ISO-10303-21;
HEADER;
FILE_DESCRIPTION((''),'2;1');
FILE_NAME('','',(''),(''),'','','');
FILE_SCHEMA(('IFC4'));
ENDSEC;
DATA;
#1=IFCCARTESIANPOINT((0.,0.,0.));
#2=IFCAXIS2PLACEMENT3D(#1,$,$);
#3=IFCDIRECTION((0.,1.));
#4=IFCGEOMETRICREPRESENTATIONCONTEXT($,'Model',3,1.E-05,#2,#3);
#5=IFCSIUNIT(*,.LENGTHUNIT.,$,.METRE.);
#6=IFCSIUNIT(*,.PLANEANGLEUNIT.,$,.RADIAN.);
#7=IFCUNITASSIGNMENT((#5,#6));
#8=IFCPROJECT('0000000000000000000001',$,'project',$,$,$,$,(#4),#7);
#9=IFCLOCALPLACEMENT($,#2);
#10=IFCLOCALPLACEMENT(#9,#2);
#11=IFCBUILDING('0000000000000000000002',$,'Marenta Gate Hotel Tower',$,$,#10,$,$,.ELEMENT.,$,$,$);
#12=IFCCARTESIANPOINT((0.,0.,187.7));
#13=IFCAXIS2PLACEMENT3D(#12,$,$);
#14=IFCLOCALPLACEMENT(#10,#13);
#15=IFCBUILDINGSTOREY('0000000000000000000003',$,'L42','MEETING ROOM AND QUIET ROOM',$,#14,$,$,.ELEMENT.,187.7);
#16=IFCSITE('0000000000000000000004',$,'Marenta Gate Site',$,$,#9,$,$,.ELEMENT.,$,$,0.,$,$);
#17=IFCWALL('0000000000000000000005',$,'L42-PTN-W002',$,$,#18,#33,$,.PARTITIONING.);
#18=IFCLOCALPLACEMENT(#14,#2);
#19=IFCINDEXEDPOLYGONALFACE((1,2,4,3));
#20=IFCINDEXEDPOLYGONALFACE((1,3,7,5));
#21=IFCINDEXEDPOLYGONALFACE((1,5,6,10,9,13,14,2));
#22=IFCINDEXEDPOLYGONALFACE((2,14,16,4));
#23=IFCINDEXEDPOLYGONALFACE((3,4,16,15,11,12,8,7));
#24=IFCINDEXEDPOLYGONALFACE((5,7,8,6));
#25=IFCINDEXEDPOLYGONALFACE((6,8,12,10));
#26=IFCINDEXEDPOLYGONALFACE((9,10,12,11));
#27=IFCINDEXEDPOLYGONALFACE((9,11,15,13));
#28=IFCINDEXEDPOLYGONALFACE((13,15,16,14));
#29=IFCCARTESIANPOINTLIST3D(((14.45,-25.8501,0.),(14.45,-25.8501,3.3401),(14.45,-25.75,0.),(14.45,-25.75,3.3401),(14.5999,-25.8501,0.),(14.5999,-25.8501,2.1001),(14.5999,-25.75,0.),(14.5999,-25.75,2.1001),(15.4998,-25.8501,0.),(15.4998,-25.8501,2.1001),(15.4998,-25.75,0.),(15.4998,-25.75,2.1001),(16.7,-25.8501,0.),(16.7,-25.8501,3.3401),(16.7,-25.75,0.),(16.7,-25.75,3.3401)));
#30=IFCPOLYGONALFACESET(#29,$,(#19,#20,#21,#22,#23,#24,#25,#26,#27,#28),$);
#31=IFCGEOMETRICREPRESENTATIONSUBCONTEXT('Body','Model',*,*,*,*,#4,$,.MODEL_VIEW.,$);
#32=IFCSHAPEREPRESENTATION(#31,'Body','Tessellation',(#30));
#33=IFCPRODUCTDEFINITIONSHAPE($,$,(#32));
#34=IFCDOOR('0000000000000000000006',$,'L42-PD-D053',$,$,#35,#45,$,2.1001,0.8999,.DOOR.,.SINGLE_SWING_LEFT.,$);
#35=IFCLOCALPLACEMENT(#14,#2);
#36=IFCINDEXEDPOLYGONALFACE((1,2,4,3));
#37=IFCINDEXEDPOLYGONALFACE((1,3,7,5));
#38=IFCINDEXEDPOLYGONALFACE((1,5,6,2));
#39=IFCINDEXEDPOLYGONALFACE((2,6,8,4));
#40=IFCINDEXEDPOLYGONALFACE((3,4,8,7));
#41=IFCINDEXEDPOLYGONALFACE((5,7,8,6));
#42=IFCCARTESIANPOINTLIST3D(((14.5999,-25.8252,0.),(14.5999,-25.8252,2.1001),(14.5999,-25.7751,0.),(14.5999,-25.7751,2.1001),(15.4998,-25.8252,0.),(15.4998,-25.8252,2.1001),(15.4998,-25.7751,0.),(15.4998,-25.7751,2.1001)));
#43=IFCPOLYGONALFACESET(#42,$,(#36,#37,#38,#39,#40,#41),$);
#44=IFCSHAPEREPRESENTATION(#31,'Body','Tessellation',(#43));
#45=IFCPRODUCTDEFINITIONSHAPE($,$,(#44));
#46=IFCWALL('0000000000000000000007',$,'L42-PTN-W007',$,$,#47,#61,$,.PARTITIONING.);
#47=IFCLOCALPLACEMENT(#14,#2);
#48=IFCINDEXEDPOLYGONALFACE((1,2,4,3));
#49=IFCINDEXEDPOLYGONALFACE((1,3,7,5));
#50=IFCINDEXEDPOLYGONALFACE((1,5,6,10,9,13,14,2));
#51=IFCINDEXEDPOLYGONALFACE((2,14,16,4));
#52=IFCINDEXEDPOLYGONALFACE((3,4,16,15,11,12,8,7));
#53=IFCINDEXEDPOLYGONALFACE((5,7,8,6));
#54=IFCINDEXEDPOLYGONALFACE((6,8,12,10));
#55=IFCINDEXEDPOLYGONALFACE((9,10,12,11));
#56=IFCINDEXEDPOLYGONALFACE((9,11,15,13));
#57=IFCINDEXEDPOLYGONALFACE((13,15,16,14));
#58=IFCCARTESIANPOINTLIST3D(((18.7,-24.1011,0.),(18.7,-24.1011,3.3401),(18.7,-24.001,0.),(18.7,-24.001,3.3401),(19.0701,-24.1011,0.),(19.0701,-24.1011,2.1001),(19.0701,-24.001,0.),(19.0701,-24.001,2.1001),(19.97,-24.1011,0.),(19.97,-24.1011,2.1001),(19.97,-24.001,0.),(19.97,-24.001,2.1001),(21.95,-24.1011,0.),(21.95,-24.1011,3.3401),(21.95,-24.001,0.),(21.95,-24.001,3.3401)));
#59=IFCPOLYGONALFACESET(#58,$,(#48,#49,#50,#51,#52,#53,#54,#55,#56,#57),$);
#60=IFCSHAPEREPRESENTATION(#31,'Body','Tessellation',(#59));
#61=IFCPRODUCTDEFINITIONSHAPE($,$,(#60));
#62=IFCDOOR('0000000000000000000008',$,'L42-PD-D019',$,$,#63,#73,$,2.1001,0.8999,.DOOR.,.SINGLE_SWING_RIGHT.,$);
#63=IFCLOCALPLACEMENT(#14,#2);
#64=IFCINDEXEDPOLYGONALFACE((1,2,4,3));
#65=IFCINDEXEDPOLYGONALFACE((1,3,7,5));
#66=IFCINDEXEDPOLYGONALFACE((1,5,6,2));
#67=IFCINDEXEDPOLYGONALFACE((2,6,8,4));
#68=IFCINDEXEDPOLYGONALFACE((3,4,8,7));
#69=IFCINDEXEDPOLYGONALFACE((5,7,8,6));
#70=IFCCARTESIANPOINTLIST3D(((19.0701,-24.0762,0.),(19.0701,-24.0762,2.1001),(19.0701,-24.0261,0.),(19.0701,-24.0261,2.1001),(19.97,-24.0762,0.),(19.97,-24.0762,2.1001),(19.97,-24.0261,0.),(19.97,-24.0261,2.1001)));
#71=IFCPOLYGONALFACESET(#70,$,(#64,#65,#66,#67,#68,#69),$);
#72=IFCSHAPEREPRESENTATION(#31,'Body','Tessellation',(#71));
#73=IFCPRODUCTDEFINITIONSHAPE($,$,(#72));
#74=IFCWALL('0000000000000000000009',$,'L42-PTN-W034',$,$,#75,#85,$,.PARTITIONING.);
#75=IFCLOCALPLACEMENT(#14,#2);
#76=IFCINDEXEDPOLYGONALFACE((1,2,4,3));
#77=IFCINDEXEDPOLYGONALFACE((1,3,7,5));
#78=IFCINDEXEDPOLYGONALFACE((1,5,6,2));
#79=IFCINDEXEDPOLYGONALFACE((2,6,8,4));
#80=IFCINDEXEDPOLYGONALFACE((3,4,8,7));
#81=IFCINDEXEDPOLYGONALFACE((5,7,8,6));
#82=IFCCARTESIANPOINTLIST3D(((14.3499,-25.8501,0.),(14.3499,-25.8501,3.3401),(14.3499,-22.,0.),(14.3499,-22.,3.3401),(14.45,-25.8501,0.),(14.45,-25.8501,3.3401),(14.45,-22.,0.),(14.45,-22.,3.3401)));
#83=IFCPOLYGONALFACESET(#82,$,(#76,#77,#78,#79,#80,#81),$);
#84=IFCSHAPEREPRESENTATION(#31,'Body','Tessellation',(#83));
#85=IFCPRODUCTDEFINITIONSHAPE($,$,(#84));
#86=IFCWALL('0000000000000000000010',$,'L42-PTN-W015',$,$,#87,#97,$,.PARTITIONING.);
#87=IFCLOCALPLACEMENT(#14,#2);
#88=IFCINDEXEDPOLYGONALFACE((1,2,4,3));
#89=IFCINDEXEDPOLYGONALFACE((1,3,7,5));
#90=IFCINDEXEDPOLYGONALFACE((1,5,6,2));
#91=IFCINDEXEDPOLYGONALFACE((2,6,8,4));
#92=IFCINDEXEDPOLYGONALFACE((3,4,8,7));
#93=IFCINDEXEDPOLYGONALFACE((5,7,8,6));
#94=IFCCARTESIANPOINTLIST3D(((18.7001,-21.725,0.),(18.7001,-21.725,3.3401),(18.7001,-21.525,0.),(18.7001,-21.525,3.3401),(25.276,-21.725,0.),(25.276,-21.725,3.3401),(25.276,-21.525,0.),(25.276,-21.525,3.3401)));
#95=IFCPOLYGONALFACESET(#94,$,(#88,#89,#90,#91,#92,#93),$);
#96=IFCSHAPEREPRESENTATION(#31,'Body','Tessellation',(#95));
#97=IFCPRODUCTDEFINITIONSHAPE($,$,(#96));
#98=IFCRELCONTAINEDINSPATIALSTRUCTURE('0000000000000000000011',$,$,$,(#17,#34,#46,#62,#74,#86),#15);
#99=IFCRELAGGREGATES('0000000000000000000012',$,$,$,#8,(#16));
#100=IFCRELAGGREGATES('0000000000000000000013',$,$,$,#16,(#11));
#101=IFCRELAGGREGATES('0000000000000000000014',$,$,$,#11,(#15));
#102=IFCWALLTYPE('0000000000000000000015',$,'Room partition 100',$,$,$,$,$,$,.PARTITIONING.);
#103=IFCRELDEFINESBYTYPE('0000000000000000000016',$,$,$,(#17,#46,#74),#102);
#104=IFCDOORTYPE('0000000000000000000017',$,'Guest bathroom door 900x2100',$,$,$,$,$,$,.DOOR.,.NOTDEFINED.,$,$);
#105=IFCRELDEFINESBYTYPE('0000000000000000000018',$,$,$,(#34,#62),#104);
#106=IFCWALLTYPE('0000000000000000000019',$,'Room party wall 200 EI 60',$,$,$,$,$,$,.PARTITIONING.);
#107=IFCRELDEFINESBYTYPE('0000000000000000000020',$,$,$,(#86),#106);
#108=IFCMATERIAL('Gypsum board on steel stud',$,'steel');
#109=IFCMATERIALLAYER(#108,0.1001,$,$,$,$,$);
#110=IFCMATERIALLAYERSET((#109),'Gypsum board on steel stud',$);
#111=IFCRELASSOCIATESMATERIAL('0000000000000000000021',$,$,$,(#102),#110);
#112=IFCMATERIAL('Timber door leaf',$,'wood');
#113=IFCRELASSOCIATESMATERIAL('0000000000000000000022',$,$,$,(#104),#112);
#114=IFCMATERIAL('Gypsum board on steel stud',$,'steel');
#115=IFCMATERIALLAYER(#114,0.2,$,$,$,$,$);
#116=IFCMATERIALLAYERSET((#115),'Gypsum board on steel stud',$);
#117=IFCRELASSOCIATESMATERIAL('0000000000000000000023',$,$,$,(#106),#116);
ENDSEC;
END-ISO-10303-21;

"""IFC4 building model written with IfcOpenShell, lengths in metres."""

from ifc_helpers import new_model, si_unit, direction, frame, frame_2d, origin, place, context, subcontext, project, spatial, rectangle, extrude, material, layer, layer_set, type_object, element, fill, save


model = new_model("IFC4")

# Units and contexts
model_context = context("Model", 3, precision=1e-05, world=origin(), true_north=direction((0.0, 1.0)))
body_context = subcontext(model_context, "Body", "Model", "MODEL_VIEW")
ifc_project = project(units=[si_unit("LENGTHUNIT", "METRE"), si_unit("PLANEANGLEUNIT", "RADIAN")], contexts=[model_context])

# Site, building, storey
site_placement = place(None, origin())
site = spatial("IfcSite", under=ifc_project, at=site_placement, Name="Marenta Gate Site", CompositionType="ELEMENT", RefElevation=0.0)
building_placement = place(site_placement, origin())
building = spatial("IfcBuilding", under=site, at=building_placement, Name="Marenta Gate Hotel Tower", CompositionType="ELEMENT")
storey_placement = place(building_placement, frame((0.0, 0.0, 187.7)))
storey = spatial("IfcBuildingStorey", under=building, at=storey_placement, Name="L42", Description="MEETING ROOM AND QUIET ROOM", CompositionType="ELEMENT", Elevation=187.7)

# Walls, openings, doors
ifc_material_1 = material(Name="Gypsum board on steel stud", Category="steel")
ifc_layer_1 = layer(ifc_material_1, 0.1001)
ifc_layer_set_1 = layer_set([ifc_layer_1], Name="Gypsum board on steel stud")
wall_type_1 = type_object("IfcWallType", Name="Room partition 100", PredefinedType="PARTITIONING", material=ifc_layer_set_1)
wall_1_placement = place(storey_placement, frame((14.45, -25.8, 0.0), z_axis=(0.0, 0.0, 1.0), x_axis=(1.0, 0.0, 0.0)))
wall_1 = element("IfcWall", 1, at=wall_1_placement, inside=storey, type_object=wall_type_1, Name="L42-PTN-W002", PredefinedType="PARTITIONING", context=body_context, shape_type="SweptSolid", body=[
    extrude(rectangle(XDim=2.25, YDim=0.1001, at=frame_2d((1.125, 0.0))), origin(), (0.0, 0.0, 1.0), 3.3401),
])
opening_1_placement = place(wall_1_placement, frame((0.1499, 0.0, 0.0)))
opening_1 = element("IfcOpeningElement", 2, at=opening_1_placement, cuts=wall_1, PredefinedType="OPENING", context=body_context, shape_type="SweptSolid", body=[
    extrude(rectangle(XDim=0.8999, YDim=2.1001, at=frame_2d((0.45, 1.05))), frame((0.0, 0.05, 0.0), z_axis=(0.0, -1.0, 0.0), x_axis=(1.0, 0.0, 0.0)), (0.0, 0.0, 1.0), 0.1001),
])
ifc_material_2 = material(Name="Timber door leaf", Category="wood")
door_type_1 = type_object("IfcDoorType", Name="Guest bathroom door 900x2100", OperationType="NOTDEFINED", PredefinedType="DOOR", material=ifc_material_2)
door_1_placement = place(opening_1_placement, origin())
door_1 = element("IfcDoor", 3, at=door_1_placement, inside=storey, type_object=door_type_1, Name="L42-PD-D053", OperationType="SINGLE_SWING_LEFT", OverallHeight=2.1001, OverallWidth=0.8999, PredefinedType="DOOR", context=body_context, shape_type="SweptSolid", body=[
    extrude(rectangle(XDim=0.8999, YDim=2.1001, at=frame_2d((0.45, 1.05))), frame((0.0, 0.0249, 0.0), z_axis=(0.0, -1.0, 0.0), x_axis=(1.0, 0.0, 0.0)), (0.0, 0.0, 1.0), 0.05),
])
fill(opening_1, door_1)
wall_2_placement = place(storey_placement, frame((18.7, -24.051, 0.0), z_axis=(0.0, 0.0, 1.0), x_axis=(1.0, 0.0, 0.0)))
wall_2 = element("IfcWall", 4, at=wall_2_placement, inside=storey, type_object=wall_type_1, Name="L42-PTN-W007", PredefinedType="PARTITIONING", context=body_context, shape_type="SweptSolid", body=[
    extrude(rectangle(XDim=3.25, YDim=0.1001, at=frame_2d((1.625, 0.0))), origin(), (0.0, 0.0, 1.0), 3.3401),
])
opening_2_placement = place(wall_2_placement, frame((0.3701, 0.0, 0.0)))
opening_2 = element("IfcOpeningElement", 5, at=opening_2_placement, cuts=wall_2, PredefinedType="OPENING", context=body_context, shape_type="SweptSolid", body=[
    extrude(rectangle(XDim=0.8999, YDim=2.1001, at=frame_2d((0.45, 1.05))), frame((0.0, 0.05, 0.0), z_axis=(0.0, -1.0, 0.0), x_axis=(1.0, 0.0, 0.0)), (0.0, 0.0, 1.0), 0.1001),
])
door_2_placement = place(opening_2_placement, origin())
door_2 = element("IfcDoor", 6, at=door_2_placement, inside=storey, type_object=door_type_1, Name="L42-PD-D019", OperationType="SINGLE_SWING_RIGHT", OverallHeight=2.1001, OverallWidth=0.8999, PredefinedType="DOOR", context=body_context, shape_type="SweptSolid", body=[
    extrude(rectangle(XDim=0.8999, YDim=2.1001, at=frame_2d((0.45, 1.05))), frame((0.0, 0.0249, 0.0), z_axis=(0.0, -1.0, 0.0), x_axis=(1.0, 0.0, 0.0)), (0.0, 0.0, 1.0), 0.05),
])
fill(opening_2, door_2)

# Walls
wall_3_placement = place(storey_placement, frame((14.3999, -25.8501, 0.0), z_axis=(0.0, 0.0, 1.0), x_axis=(0.0, 1.0, 0.0)))
element("IfcWall", 7, at=wall_3_placement, inside=storey, type_object=wall_type_1, Name="L42-PTN-W034", PredefinedType="PARTITIONING", context=body_context, shape_type="SweptSolid", body=[
    extrude(rectangle(XDim=3.8501, YDim=0.1001, at=frame_2d((1.925, 0.0))), origin(), (0.0, 0.0, 1.0), 3.3401),
])
ifc_material_3 = material(Name="Gypsum board on steel stud", Category="steel")
ifc_layer_2 = layer(ifc_material_3, 0.2)
ifc_layer_set_2 = layer_set([ifc_layer_2], Name="Gypsum board on steel stud")
wall_type_2 = type_object("IfcWallType", Name="Room party wall 200 EI 60", PredefinedType="PARTITIONING", material=ifc_layer_set_2)
wall_4_placement = place(storey_placement, frame((18.7, -21.625, 0.0), z_axis=(0.0, 0.0, 1.0), x_axis=(1.0, 0.0, 0.0)))
element("IfcWall", 8, at=wall_4_placement, inside=storey, type_object=wall_type_2, Name="L42-PTN-W015", PredefinedType="PARTITIONING", context=body_context, shape_type="SweptSolid", body=[
    extrude(rectangle(XDim=6.5759, YDim=0.2, at=frame_2d((3.2881, 0.0))), origin(), (0.0, 0.0, 1.0), 3.3401),
])

save(model, "model.ifc")
